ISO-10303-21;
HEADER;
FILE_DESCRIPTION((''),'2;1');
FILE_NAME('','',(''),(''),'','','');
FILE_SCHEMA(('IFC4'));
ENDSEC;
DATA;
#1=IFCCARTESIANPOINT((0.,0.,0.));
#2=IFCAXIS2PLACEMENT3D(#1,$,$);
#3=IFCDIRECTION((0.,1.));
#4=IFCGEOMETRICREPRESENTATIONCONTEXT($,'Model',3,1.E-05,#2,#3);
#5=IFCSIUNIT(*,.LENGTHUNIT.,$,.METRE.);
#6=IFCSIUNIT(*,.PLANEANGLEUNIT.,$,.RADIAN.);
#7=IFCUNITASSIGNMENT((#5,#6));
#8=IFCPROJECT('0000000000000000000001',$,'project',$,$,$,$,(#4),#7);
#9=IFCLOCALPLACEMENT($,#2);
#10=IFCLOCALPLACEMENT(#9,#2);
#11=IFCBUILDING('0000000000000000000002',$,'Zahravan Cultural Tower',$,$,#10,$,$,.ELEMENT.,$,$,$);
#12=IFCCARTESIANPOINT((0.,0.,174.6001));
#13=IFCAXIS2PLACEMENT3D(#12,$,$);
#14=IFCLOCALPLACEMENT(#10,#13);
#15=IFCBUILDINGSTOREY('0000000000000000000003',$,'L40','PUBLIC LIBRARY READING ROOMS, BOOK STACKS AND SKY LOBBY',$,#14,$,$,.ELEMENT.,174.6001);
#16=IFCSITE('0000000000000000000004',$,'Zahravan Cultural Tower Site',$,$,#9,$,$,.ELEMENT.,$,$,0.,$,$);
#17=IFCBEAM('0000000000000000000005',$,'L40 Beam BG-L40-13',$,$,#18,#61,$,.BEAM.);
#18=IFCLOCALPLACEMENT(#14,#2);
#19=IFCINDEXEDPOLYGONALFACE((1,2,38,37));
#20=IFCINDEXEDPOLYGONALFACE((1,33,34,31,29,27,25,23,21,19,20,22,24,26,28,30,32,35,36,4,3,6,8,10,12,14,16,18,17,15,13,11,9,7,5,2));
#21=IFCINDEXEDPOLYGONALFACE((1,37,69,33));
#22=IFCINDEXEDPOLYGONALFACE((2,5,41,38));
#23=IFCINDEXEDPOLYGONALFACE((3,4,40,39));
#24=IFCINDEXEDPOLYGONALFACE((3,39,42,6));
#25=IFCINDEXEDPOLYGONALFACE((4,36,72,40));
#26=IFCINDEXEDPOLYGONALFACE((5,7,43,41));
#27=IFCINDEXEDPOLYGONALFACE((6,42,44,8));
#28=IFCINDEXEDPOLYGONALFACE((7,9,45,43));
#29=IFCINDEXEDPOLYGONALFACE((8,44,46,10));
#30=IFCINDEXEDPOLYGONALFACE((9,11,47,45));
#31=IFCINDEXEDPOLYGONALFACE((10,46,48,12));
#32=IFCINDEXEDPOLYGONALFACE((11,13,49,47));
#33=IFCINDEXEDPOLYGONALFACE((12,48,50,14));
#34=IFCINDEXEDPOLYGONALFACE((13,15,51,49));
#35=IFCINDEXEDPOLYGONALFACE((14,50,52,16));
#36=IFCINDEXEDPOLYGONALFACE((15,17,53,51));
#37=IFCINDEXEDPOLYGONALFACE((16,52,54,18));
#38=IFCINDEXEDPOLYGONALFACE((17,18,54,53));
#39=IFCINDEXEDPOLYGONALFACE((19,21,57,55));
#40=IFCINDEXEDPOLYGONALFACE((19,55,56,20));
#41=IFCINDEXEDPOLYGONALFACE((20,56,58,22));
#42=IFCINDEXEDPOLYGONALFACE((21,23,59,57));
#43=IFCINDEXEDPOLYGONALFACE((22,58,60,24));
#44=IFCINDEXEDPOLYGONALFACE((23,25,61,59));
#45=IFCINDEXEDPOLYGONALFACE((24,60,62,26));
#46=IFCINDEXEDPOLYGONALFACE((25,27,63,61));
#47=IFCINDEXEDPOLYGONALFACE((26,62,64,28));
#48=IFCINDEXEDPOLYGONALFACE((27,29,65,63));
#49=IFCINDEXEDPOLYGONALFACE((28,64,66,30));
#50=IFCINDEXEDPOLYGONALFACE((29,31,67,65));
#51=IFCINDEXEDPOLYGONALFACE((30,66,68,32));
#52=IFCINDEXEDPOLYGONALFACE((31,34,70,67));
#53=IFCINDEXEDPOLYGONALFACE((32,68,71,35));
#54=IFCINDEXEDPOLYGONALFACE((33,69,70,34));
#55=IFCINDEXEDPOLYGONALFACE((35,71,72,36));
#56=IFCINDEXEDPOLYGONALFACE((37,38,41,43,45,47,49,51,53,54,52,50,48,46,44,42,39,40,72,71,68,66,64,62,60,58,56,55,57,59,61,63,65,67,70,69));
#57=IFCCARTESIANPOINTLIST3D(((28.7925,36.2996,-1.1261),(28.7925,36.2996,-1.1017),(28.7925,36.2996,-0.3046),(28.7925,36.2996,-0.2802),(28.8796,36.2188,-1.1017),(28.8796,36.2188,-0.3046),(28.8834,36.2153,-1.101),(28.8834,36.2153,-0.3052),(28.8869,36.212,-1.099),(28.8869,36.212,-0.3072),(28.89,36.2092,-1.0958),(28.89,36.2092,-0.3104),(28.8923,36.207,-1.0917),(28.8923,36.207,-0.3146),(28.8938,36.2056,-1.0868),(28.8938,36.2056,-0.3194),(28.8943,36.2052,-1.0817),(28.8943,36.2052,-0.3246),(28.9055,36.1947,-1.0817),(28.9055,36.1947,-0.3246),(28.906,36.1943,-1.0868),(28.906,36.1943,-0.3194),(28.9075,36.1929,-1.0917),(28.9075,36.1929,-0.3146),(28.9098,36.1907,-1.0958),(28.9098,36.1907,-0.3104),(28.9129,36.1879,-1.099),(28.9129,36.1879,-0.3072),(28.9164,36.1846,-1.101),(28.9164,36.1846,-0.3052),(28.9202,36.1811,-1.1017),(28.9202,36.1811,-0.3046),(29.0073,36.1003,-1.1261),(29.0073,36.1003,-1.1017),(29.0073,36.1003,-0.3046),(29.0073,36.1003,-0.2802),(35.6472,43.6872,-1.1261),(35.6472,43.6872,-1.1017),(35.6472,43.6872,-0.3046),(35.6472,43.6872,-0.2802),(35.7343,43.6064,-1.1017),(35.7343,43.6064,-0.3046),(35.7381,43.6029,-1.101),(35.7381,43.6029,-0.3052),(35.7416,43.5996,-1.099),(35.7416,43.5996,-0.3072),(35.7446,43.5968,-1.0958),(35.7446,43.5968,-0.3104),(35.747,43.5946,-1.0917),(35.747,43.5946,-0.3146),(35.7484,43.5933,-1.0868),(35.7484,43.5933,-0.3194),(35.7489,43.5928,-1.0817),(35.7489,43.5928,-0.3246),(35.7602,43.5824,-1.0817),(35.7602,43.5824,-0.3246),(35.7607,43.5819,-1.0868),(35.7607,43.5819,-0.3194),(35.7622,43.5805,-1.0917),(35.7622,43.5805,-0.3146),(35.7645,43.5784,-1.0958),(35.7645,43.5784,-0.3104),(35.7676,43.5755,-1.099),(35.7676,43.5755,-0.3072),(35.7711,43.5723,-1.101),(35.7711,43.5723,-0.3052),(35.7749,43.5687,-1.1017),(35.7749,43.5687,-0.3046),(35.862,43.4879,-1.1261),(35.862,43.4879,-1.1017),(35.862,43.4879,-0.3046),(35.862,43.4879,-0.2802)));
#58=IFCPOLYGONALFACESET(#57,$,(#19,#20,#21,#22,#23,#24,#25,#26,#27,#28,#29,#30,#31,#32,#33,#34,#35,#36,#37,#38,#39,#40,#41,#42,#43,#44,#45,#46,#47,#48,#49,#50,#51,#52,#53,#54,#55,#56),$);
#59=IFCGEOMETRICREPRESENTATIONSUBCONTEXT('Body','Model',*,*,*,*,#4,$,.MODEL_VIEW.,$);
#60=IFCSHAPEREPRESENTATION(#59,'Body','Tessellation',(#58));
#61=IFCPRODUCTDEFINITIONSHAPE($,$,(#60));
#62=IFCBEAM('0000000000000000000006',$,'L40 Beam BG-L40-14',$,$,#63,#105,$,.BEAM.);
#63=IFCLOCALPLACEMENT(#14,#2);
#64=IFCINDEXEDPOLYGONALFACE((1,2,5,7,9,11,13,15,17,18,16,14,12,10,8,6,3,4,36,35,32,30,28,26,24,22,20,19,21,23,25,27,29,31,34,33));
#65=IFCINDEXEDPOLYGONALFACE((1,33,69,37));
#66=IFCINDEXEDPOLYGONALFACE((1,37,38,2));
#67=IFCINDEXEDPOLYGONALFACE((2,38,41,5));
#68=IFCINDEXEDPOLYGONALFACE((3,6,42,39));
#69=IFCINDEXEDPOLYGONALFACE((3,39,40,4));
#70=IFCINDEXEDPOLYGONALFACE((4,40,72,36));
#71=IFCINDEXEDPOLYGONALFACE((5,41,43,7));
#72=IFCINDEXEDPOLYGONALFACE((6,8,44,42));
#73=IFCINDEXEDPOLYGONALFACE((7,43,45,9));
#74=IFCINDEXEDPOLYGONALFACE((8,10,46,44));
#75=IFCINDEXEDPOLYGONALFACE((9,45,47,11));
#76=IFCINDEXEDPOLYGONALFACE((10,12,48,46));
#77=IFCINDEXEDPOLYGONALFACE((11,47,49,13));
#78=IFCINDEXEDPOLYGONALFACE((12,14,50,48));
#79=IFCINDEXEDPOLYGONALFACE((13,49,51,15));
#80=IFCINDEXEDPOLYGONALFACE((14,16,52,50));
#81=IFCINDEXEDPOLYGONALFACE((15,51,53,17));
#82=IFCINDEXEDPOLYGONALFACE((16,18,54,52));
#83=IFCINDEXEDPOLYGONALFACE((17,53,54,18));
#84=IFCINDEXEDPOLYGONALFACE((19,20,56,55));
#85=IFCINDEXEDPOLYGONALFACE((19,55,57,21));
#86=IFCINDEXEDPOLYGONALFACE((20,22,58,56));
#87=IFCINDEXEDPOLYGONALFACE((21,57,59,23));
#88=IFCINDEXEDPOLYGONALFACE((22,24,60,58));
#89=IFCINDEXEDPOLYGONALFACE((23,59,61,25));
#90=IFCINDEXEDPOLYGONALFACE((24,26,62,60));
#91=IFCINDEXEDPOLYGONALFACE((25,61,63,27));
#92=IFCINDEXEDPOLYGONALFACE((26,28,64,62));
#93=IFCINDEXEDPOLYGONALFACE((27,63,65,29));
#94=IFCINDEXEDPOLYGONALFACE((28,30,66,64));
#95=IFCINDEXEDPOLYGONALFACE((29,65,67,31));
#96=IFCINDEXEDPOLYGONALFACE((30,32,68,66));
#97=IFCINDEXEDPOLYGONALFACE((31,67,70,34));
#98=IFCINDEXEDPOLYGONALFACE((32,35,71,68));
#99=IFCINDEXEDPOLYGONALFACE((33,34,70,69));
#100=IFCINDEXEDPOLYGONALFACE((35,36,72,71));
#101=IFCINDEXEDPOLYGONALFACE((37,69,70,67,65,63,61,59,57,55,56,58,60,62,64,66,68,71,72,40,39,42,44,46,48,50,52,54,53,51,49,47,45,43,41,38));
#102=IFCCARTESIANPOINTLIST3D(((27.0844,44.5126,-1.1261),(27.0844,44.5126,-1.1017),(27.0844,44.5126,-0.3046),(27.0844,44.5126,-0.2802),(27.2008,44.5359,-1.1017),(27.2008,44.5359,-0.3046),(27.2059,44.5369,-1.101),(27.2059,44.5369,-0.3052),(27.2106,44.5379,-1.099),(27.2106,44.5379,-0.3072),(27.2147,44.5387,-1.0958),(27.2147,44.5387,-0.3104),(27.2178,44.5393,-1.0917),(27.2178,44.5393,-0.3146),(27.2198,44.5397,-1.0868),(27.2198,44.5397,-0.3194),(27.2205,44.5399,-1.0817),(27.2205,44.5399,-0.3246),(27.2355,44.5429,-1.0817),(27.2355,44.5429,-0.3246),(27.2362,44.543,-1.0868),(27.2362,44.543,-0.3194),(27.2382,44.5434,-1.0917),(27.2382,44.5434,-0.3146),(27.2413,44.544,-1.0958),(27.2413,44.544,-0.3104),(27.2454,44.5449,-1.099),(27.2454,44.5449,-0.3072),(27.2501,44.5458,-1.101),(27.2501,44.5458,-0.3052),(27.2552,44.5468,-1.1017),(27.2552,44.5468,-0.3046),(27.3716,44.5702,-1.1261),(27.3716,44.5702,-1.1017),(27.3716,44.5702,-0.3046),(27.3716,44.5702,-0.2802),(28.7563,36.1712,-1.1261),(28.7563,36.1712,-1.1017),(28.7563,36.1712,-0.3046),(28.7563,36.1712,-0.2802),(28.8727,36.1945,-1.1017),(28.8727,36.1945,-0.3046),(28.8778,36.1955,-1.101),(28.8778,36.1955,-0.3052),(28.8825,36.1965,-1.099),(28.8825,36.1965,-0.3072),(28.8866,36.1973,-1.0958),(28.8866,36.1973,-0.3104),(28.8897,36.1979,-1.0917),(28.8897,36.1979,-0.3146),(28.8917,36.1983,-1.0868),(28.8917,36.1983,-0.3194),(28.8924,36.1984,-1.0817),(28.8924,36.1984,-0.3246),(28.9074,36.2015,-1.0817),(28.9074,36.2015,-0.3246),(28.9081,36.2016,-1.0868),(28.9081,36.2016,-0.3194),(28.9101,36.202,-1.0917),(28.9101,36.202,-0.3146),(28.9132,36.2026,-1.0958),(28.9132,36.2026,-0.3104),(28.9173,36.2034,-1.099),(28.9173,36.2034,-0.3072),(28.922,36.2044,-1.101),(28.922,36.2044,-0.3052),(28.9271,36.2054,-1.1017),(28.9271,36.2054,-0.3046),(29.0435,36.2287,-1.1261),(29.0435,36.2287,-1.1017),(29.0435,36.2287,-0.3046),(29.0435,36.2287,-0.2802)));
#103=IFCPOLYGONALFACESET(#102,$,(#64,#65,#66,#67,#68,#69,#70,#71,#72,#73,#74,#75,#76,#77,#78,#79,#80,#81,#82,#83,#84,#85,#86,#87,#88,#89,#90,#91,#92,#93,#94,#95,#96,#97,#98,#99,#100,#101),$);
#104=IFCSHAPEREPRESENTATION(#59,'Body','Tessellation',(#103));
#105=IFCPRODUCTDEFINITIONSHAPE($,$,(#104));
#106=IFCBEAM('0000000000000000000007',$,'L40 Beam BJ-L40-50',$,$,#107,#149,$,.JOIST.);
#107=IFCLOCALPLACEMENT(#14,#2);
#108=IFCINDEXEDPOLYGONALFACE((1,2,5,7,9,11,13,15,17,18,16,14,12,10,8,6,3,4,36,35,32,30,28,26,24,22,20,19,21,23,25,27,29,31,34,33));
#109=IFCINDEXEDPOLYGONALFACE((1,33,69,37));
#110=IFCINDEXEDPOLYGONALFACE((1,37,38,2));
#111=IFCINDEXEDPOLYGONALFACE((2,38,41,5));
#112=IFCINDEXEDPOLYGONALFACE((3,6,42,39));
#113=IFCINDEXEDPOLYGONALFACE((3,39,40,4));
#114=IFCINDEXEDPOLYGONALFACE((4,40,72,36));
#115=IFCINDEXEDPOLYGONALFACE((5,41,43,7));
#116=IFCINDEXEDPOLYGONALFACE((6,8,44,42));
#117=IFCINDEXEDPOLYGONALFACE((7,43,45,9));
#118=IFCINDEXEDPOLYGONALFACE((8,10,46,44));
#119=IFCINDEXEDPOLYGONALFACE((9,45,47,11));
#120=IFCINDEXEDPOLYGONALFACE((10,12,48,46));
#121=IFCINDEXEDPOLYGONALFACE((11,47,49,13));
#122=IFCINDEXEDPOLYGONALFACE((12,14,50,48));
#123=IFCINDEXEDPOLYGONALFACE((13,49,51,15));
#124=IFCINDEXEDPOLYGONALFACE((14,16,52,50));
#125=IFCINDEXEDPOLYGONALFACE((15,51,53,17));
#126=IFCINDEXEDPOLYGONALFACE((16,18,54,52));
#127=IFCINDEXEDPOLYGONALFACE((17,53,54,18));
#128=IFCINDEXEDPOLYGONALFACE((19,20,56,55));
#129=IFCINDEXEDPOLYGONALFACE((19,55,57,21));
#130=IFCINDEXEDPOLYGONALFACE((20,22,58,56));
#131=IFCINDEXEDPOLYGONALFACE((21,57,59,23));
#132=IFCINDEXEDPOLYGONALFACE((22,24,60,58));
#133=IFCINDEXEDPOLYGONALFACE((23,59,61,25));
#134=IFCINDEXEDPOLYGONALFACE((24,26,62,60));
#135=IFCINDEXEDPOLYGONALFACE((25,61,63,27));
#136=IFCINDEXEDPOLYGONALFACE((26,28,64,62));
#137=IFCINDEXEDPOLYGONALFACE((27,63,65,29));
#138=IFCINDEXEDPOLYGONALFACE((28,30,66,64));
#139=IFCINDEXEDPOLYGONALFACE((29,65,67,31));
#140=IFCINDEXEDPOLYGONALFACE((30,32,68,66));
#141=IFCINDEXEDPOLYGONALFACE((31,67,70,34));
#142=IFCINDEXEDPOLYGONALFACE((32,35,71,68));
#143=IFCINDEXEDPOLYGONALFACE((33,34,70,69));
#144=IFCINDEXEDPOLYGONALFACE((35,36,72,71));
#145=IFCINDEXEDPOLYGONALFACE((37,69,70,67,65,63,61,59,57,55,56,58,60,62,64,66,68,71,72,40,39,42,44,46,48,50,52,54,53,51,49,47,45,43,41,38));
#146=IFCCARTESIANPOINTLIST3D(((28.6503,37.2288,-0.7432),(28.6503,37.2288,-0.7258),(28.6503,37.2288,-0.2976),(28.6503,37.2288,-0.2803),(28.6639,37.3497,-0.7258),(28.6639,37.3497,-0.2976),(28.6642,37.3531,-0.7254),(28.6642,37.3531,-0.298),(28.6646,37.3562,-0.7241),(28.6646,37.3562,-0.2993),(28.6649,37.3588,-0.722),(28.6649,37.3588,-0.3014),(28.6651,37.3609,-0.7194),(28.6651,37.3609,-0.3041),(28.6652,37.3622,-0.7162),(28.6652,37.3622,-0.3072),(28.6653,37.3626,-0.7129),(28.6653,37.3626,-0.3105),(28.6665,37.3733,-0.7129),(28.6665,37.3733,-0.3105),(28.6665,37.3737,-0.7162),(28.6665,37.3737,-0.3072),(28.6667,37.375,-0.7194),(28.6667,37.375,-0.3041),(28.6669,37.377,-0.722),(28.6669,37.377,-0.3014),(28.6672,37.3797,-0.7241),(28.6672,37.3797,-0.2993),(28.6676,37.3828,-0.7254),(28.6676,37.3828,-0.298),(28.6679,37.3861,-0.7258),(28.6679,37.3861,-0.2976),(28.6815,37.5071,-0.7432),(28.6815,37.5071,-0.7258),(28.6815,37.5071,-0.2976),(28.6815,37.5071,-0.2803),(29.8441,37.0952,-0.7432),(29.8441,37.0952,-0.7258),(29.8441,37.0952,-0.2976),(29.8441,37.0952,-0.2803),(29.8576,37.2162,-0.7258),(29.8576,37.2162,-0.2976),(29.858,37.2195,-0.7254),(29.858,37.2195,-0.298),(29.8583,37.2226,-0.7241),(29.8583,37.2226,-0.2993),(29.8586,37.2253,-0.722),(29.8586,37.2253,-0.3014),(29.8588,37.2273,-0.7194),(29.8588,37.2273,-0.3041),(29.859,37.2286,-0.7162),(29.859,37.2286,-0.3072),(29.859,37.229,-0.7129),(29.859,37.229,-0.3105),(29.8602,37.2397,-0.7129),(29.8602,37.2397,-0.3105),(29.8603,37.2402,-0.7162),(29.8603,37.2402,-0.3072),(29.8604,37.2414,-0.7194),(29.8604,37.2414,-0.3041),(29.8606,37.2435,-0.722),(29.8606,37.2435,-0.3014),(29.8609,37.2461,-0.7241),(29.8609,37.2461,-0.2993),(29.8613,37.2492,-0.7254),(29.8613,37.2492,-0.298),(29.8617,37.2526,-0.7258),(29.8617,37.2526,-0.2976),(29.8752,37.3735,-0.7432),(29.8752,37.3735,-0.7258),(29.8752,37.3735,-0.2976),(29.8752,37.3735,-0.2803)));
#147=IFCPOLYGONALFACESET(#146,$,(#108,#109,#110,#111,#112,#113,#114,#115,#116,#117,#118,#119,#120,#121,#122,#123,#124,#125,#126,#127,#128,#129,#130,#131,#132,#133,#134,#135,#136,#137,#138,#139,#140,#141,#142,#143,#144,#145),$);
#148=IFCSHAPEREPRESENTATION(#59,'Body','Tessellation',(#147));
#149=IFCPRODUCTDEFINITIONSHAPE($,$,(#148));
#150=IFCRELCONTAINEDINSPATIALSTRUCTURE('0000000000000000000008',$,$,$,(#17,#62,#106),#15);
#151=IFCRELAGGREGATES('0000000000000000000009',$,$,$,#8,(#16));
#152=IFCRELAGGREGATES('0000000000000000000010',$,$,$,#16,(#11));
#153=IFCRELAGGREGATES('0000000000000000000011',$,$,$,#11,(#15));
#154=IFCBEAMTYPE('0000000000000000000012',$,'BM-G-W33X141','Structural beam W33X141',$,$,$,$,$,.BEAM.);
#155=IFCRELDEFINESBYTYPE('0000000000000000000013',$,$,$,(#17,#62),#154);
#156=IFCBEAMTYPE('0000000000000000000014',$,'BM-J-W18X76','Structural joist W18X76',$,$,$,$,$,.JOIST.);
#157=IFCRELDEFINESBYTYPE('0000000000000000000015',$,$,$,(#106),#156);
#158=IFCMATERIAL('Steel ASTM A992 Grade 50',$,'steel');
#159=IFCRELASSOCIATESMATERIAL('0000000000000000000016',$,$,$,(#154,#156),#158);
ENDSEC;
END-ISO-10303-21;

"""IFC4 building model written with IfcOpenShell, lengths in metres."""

from ifc_helpers import new_model, si_unit, direction, frame, origin, origin_2d, place, context, subcontext, project, spatial, i_section, extrude, source, transform, mapped, material, material_profile, profile_set, type_object, element, save


model = new_model("IFC4")

# Units and contexts
model_context = context("Model", 3, precision=1e-05, world=origin(), true_north=direction((0.0, 1.0)))
body_context = subcontext(model_context, "Body", "Model", "MODEL_VIEW")
ifc_project = project(units=[si_unit("LENGTHUNIT", "METRE"), si_unit("PLANEANGLEUNIT", "RADIAN")], contexts=[model_context])

# Site, building, storey
site_placement = place(None, origin())
site = spatial("IfcSite", under=ifc_project, at=site_placement, Name="Zahravan Cultural Tower Site", CompositionType="ELEMENT", RefElevation=0.0)
building_placement = place(site_placement, origin())
building = spatial("IfcBuilding", under=site, at=building_placement, Name="Zahravan Cultural Tower", CompositionType="ELEMENT")
storey_placement = place(building_placement, frame((0.0, 0.0, 174.6001)))
storey = spatial("IfcBuildingStorey", under=building, at=storey_placement, Name="L40", Description="PUBLIC LIBRARY READING ROOMS, BOOK STACKS AND SKY LOBBY", CompositionType="ELEMENT", Elevation=174.6001)

# Shared definitions
ifc_material_1 = material(Name="Steel ASTM A992 Grade 50", Category="steel")

# Beams
ifc_material_profile_1 = material_profile(ifc_material_1, i_section(OverallWidth=0.293, OverallDepth=0.8459, WebThickness=0.0154, FlangeThickness=0.0244, FilletRadius=0.02, at=origin_2d()), Name="W33X141")
ifc_profile_set_1 = profile_set([ifc_material_profile_1], Name="Steel ASTM A992 Grade 50")
beam_type_1 = type_object("IfcBeamType", Name="BM-G-W33X141", Description="Structural beam W33X141", PredefinedType="BEAM", material=ifc_profile_set_1)
shared_shape_1 = source(origin(), body_context, "Body", "SweptSolid", [
    extrude(i_section(OverallWidth=0.293, OverallDepth=0.8459, WebThickness=0.0154, FlangeThickness=0.0244, FilletRadius=0.02, at=origin_2d()), origin(), (0.0, 0.0, 1.0), 10.0779),
])
beam_1_placement = place(storey_placement, frame((28.8999, 36.2, -0.7031), z_axis=(0.68017, 0.733054, 0.0), x_axis=(-0.733054, 0.68017, 0.0)))
element("IfcBeam", 1, at=beam_1_placement, inside=storey, type_object=beam_type_1, Name="L40 Beam BG-L40-13", PredefinedType="BEAM", context=body_context, shape_type="MappedRepresentation", body=[
    mapped(shared_shape_1, transform((0.0, 0.0, 0.0), x_axis=(1.0, 0.0, 0.0), y_axis=(0.0, 1.0, 0.0), z_axis=(0.0, 0.0, 1.0), scale=1.0)),
])
shared_shape_2 = source(origin(), body_context, "Body", "SweptSolid", [
    extrude(i_section(OverallWidth=0.293, OverallDepth=0.8459, WebThickness=0.0154, FlangeThickness=0.0244, FilletRadius=0.02, at=origin_2d()), origin(), (0.0, 0.0, 1.0), 8.5073),
])
beam_2_placement = place(storey_placement, frame((28.8999, 36.2, -0.7031), z_axis=(-0.196525, 0.980499, 0.0), x_axis=(-0.980499, -0.196525, 0.0)))
element("IfcBeam", 2, at=beam_2_placement, inside=storey, type_object=beam_type_1, Name="L40 Beam BG-L40-14", PredefinedType="BEAM", context=body_context, shape_type="MappedRepresentation", body=[
    mapped(shared_shape_2, transform((0.0, 0.0, 0.0), x_axis=(1.0, 0.0, 0.0), y_axis=(0.0, 1.0, 0.0), z_axis=(0.0, 0.0, 1.0), scale=1.0)),
])
ifc_material_profile_2 = material_profile(ifc_material_1, i_section(OverallWidth=0.28, OverallDepth=0.4629, WebThickness=0.0107, FlangeThickness=0.0173, FilletRadius=0.0129, at=origin_2d()), Name="W18X76")
ifc_profile_set_2 = profile_set([ifc_material_profile_2], Name="Steel ASTM A992 Grade 50")
beam_type_2 = type_object("IfcBeamType", Name="BM-J-W18X76", Description="Structural joist W18X76", PredefinedType="JOIST", material=ifc_profile_set_2)
shared_shape_3 = source(origin(), body_context, "Body", "SweptSolid", [
    extrude(i_section(OverallWidth=0.28, OverallDepth=0.4629, WebThickness=0.0107, FlangeThickness=0.0173, FilletRadius=0.0129, at=origin_2d()), origin(), (0.0, 0.0, 1.0), 1.2012),
])
beam_3_placement = place(storey_placement, frame((29.8596, 37.2344, -0.5117), z_axis=(-0.993799, 0.11119, 0.0), x_axis=(-0.11119, -0.993799, 0.0)))
element("IfcBeam", 3, at=beam_3_placement, inside=storey, type_object=beam_type_2, Name="L40 Beam BJ-L40-50", PredefinedType="JOIST", context=body_context, shape_type="MappedRepresentation", body=[
    mapped(shared_shape_3, transform((0.0, 0.0, 0.0), x_axis=(1.0, 0.0, 0.0), y_axis=(0.0, 1.0, 0.0), z_axis=(0.0, 0.0, 1.0), scale=1.0)),
])

save(model, "model.ifc")
